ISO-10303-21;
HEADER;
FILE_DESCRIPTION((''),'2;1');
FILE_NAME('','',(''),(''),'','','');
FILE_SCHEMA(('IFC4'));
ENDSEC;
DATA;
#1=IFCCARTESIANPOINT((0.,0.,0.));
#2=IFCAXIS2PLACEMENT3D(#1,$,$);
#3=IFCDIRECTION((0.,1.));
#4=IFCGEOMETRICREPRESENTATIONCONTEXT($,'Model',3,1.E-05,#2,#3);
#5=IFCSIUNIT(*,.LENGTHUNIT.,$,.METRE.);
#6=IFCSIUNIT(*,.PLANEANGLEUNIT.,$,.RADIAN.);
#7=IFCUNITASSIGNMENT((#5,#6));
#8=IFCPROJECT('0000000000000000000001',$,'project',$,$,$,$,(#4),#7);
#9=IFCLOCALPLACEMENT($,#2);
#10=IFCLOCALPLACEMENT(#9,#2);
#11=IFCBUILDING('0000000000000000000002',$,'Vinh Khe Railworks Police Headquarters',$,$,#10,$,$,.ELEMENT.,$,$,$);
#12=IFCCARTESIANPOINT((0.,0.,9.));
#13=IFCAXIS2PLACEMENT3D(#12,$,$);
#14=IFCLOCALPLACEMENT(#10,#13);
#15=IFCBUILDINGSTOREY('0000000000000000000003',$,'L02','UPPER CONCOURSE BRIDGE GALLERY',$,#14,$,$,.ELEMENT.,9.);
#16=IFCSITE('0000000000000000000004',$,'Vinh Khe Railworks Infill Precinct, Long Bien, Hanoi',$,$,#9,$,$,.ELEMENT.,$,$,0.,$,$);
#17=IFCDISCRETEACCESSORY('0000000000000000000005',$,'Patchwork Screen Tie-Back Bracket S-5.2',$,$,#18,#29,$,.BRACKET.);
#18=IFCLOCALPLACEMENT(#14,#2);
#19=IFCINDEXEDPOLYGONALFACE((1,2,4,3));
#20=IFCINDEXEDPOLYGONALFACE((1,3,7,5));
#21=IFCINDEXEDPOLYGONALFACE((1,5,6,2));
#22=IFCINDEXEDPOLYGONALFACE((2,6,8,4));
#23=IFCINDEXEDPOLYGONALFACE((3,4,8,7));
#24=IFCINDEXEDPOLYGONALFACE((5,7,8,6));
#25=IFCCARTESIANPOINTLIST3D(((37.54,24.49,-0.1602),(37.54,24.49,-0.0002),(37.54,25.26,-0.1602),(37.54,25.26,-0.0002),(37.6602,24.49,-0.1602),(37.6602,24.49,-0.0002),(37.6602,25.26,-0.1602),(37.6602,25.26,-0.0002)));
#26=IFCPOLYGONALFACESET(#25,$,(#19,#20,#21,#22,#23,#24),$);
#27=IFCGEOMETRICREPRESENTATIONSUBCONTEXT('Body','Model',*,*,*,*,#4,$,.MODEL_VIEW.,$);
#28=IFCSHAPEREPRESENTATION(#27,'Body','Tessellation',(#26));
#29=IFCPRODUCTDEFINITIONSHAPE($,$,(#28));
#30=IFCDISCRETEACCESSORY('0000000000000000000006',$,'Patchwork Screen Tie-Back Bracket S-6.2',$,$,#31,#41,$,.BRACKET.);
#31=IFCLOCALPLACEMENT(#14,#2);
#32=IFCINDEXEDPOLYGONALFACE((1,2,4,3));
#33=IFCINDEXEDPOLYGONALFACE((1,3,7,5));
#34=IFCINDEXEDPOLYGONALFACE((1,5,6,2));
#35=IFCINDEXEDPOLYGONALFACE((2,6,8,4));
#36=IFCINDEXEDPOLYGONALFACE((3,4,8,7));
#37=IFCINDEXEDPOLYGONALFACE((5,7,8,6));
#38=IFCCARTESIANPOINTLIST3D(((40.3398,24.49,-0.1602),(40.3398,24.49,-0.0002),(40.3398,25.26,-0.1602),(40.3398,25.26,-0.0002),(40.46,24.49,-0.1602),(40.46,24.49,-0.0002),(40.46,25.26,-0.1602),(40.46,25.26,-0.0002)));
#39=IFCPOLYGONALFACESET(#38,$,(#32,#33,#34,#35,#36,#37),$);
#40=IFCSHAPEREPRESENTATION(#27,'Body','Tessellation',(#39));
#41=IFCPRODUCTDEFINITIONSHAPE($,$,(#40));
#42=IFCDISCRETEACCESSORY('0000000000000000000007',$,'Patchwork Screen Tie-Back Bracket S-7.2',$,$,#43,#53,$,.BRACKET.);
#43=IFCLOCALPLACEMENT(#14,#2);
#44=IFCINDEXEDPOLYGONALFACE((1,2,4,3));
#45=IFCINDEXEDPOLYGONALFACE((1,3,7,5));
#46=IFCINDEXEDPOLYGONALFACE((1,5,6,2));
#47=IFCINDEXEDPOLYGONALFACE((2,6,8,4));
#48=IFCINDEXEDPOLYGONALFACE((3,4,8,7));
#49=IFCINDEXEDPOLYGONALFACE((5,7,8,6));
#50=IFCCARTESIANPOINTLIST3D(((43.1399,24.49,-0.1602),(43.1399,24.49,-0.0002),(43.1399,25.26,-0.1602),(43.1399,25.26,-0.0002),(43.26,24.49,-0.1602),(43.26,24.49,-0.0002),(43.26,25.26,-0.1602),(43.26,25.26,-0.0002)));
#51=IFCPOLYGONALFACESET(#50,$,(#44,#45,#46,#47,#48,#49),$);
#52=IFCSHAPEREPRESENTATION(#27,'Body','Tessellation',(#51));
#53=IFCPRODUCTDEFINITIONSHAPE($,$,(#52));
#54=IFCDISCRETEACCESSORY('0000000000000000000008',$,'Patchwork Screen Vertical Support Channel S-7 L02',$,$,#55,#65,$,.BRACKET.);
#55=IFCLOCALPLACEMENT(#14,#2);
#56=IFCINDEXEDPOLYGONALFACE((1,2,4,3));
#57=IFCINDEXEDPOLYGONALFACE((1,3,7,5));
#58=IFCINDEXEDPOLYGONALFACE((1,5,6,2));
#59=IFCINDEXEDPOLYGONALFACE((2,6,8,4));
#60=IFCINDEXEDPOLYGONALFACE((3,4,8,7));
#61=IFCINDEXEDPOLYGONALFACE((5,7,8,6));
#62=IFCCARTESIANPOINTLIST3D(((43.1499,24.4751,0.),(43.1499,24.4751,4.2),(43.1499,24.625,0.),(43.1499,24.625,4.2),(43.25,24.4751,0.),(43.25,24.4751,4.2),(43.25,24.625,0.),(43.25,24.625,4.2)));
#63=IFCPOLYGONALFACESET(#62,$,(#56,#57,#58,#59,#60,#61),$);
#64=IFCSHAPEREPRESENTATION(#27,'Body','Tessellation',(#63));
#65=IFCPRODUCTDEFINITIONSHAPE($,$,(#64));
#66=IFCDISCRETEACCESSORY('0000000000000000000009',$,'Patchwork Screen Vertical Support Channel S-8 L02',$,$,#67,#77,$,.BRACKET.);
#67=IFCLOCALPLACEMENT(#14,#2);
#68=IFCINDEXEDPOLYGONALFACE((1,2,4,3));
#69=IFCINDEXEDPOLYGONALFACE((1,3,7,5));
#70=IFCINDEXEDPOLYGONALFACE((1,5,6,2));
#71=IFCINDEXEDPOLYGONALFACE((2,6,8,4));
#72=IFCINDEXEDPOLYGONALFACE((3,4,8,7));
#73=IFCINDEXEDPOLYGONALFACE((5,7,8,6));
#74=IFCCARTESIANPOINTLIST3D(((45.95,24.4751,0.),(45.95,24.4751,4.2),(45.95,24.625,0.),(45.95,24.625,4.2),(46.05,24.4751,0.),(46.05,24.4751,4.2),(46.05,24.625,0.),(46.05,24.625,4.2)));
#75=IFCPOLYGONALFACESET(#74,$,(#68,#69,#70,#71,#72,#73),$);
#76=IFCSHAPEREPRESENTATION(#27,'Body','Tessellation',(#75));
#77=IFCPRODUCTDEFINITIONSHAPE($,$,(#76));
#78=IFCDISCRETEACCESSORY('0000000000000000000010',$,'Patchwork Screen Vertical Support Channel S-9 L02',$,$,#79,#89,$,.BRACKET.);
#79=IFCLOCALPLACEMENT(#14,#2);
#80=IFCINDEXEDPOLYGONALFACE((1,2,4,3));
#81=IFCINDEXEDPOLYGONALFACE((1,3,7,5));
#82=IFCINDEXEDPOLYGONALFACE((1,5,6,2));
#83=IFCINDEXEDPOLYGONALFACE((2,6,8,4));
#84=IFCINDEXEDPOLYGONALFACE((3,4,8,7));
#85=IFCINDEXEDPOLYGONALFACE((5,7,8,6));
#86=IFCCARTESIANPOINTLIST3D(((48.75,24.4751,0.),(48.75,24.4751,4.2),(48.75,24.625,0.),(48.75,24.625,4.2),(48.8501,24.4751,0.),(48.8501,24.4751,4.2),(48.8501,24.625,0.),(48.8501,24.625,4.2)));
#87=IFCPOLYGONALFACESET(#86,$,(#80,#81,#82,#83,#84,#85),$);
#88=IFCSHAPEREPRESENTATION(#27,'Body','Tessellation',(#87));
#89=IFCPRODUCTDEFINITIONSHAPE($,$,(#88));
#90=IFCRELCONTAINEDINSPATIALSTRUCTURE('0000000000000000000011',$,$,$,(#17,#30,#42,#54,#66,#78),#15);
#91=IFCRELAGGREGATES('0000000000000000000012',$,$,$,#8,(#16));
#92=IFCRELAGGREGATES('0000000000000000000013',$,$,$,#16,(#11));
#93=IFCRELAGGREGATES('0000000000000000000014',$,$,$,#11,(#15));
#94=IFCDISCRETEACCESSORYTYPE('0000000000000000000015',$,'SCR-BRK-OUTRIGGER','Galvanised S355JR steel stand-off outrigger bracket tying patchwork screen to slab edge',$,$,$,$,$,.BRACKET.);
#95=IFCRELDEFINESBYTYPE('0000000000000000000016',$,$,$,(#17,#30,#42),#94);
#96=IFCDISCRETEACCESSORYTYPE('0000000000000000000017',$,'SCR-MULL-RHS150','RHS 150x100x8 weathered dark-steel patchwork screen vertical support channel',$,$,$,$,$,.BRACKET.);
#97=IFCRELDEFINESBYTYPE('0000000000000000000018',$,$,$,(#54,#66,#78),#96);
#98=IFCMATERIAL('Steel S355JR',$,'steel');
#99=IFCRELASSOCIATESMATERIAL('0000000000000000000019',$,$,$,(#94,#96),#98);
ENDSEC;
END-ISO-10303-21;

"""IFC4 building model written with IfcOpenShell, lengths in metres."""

from ifc_helpers import new_model, si_unit, direction, frame, origin, origin_2d, place, context, subcontext, project, spatial, rectangle, extrude, material, type_object, element, save


model = new_model("IFC4")

# Units and contexts
model_context = context("Model", 3, precision=1e-05, world=origin(), true_north=direction((0.0, 1.0)))
body_context = subcontext(model_context, "Body", "Model", "MODEL_VIEW")
ifc_project = project(units=[si_unit("LENGTHUNIT", "METRE"), si_unit("PLANEANGLEUNIT", "RADIAN")], contexts=[model_context])

# Site, building, storey
site_placement = place(None, origin())
site = spatial("IfcSite", under=ifc_project, at=site_placement, Name="Vinh Khe Railworks Infill Precinct, Long Bien, Hanoi", CompositionType="ELEMENT", RefElevation=0.0)
building_placement = place(site_placement, origin())
building = spatial("IfcBuilding", under=site, at=building_placement, Name="Vinh Khe Railworks Police Headquarters", CompositionType="ELEMENT")
storey_placement = place(building_placement, frame((0.0, 0.0, 9.0)))
storey = spatial("IfcBuildingStorey", under=building, at=storey_placement, Name="L02", Description="UPPER CONCOURSE BRIDGE GALLERY", CompositionType="ELEMENT", Elevation=9.0)

# Shared definitions
ifc_material_1 = material(Name="Steel S355JR", Category="steel")

# Discrete accessories
discrete_accessory_type_1 = type_object("IfcDiscreteAccessoryType", Name="SCR-BRK-OUTRIGGER", Description="Galvanised S355JR steel stand-off outrigger bracket tying patchwork screen to slab edge", PredefinedType="BRACKET", material=ifc_material_1)
for number, where, z_axis, x_axis, name in (
    (1, (37.6001, 24.875, -0.1602), (0.0, 0.0, 1.0), (1.0, 0.0, 0.0), "Patchwork Screen Tie-Back Bracket S-5.2"),
    (2, (40.3999, 24.875, -0.1602), (0.0, 0.0, 1.0), (1.0, 0.0, 0.0), "Patchwork Screen Tie-Back Bracket S-6.2"),
    (3, (43.2, 24.875, -0.1602), (0.0, 0.0, 1.0), (1.0, 0.0, 0.0), "Patchwork Screen Tie-Back Bracket S-7.2"),
):
    element("IfcDiscreteAccessory", number, at=place(storey_placement, frame(where, z_axis=z_axis, x_axis=x_axis)), inside=storey, type_object=discrete_accessory_type_1, Name=name, PredefinedType="BRACKET", context=body_context, shape_type="SweptSolid", body=[
        extrude(rectangle(XDim=0.1201, YDim=0.77, at=origin_2d()), origin(), (0.0, 0.0, 1.0), 0.1599),
    ])
discrete_accessory_type_2 = type_object("IfcDiscreteAccessoryType", Name="SCR-MULL-RHS150", Description="RHS 150x100x8 weathered dark-steel patchwork screen vertical support channel", PredefinedType="BRACKET", material=ifc_material_1)
for number, where, z_axis, x_axis, name in (
    (4, (43.2, 24.55, 0.0), (0.0, 0.0, 1.0), (1.0, 0.0, 0.0), "Patchwork Screen Vertical Support Channel S-7 L02"),
    (5, (46.0, 24.55, 0.0), (0.0, 0.0, 1.0), (1.0, 0.0, 0.0), "Patchwork Screen Vertical Support Channel S-8 L02"),
    (6, (48.8, 24.55, 0.0), (0.0, 0.0, 1.0), (1.0, 0.0, 0.0), "Patchwork Screen Vertical Support Channel S-9 L02"),
):
    element("IfcDiscreteAccessory", number, at=place(storey_placement, frame(where, z_axis=z_axis, x_axis=x_axis)), inside=storey, type_object=discrete_accessory_type_2, Name=name, PredefinedType="BRACKET", context=body_context, shape_type="SweptSolid", body=[
        extrude(rectangle(XDim=0.1001, YDim=0.1499, at=origin_2d()), origin(), (0.0, 0.0, 1.0), 4.2),
    ])

save(model, "model.ifc")
